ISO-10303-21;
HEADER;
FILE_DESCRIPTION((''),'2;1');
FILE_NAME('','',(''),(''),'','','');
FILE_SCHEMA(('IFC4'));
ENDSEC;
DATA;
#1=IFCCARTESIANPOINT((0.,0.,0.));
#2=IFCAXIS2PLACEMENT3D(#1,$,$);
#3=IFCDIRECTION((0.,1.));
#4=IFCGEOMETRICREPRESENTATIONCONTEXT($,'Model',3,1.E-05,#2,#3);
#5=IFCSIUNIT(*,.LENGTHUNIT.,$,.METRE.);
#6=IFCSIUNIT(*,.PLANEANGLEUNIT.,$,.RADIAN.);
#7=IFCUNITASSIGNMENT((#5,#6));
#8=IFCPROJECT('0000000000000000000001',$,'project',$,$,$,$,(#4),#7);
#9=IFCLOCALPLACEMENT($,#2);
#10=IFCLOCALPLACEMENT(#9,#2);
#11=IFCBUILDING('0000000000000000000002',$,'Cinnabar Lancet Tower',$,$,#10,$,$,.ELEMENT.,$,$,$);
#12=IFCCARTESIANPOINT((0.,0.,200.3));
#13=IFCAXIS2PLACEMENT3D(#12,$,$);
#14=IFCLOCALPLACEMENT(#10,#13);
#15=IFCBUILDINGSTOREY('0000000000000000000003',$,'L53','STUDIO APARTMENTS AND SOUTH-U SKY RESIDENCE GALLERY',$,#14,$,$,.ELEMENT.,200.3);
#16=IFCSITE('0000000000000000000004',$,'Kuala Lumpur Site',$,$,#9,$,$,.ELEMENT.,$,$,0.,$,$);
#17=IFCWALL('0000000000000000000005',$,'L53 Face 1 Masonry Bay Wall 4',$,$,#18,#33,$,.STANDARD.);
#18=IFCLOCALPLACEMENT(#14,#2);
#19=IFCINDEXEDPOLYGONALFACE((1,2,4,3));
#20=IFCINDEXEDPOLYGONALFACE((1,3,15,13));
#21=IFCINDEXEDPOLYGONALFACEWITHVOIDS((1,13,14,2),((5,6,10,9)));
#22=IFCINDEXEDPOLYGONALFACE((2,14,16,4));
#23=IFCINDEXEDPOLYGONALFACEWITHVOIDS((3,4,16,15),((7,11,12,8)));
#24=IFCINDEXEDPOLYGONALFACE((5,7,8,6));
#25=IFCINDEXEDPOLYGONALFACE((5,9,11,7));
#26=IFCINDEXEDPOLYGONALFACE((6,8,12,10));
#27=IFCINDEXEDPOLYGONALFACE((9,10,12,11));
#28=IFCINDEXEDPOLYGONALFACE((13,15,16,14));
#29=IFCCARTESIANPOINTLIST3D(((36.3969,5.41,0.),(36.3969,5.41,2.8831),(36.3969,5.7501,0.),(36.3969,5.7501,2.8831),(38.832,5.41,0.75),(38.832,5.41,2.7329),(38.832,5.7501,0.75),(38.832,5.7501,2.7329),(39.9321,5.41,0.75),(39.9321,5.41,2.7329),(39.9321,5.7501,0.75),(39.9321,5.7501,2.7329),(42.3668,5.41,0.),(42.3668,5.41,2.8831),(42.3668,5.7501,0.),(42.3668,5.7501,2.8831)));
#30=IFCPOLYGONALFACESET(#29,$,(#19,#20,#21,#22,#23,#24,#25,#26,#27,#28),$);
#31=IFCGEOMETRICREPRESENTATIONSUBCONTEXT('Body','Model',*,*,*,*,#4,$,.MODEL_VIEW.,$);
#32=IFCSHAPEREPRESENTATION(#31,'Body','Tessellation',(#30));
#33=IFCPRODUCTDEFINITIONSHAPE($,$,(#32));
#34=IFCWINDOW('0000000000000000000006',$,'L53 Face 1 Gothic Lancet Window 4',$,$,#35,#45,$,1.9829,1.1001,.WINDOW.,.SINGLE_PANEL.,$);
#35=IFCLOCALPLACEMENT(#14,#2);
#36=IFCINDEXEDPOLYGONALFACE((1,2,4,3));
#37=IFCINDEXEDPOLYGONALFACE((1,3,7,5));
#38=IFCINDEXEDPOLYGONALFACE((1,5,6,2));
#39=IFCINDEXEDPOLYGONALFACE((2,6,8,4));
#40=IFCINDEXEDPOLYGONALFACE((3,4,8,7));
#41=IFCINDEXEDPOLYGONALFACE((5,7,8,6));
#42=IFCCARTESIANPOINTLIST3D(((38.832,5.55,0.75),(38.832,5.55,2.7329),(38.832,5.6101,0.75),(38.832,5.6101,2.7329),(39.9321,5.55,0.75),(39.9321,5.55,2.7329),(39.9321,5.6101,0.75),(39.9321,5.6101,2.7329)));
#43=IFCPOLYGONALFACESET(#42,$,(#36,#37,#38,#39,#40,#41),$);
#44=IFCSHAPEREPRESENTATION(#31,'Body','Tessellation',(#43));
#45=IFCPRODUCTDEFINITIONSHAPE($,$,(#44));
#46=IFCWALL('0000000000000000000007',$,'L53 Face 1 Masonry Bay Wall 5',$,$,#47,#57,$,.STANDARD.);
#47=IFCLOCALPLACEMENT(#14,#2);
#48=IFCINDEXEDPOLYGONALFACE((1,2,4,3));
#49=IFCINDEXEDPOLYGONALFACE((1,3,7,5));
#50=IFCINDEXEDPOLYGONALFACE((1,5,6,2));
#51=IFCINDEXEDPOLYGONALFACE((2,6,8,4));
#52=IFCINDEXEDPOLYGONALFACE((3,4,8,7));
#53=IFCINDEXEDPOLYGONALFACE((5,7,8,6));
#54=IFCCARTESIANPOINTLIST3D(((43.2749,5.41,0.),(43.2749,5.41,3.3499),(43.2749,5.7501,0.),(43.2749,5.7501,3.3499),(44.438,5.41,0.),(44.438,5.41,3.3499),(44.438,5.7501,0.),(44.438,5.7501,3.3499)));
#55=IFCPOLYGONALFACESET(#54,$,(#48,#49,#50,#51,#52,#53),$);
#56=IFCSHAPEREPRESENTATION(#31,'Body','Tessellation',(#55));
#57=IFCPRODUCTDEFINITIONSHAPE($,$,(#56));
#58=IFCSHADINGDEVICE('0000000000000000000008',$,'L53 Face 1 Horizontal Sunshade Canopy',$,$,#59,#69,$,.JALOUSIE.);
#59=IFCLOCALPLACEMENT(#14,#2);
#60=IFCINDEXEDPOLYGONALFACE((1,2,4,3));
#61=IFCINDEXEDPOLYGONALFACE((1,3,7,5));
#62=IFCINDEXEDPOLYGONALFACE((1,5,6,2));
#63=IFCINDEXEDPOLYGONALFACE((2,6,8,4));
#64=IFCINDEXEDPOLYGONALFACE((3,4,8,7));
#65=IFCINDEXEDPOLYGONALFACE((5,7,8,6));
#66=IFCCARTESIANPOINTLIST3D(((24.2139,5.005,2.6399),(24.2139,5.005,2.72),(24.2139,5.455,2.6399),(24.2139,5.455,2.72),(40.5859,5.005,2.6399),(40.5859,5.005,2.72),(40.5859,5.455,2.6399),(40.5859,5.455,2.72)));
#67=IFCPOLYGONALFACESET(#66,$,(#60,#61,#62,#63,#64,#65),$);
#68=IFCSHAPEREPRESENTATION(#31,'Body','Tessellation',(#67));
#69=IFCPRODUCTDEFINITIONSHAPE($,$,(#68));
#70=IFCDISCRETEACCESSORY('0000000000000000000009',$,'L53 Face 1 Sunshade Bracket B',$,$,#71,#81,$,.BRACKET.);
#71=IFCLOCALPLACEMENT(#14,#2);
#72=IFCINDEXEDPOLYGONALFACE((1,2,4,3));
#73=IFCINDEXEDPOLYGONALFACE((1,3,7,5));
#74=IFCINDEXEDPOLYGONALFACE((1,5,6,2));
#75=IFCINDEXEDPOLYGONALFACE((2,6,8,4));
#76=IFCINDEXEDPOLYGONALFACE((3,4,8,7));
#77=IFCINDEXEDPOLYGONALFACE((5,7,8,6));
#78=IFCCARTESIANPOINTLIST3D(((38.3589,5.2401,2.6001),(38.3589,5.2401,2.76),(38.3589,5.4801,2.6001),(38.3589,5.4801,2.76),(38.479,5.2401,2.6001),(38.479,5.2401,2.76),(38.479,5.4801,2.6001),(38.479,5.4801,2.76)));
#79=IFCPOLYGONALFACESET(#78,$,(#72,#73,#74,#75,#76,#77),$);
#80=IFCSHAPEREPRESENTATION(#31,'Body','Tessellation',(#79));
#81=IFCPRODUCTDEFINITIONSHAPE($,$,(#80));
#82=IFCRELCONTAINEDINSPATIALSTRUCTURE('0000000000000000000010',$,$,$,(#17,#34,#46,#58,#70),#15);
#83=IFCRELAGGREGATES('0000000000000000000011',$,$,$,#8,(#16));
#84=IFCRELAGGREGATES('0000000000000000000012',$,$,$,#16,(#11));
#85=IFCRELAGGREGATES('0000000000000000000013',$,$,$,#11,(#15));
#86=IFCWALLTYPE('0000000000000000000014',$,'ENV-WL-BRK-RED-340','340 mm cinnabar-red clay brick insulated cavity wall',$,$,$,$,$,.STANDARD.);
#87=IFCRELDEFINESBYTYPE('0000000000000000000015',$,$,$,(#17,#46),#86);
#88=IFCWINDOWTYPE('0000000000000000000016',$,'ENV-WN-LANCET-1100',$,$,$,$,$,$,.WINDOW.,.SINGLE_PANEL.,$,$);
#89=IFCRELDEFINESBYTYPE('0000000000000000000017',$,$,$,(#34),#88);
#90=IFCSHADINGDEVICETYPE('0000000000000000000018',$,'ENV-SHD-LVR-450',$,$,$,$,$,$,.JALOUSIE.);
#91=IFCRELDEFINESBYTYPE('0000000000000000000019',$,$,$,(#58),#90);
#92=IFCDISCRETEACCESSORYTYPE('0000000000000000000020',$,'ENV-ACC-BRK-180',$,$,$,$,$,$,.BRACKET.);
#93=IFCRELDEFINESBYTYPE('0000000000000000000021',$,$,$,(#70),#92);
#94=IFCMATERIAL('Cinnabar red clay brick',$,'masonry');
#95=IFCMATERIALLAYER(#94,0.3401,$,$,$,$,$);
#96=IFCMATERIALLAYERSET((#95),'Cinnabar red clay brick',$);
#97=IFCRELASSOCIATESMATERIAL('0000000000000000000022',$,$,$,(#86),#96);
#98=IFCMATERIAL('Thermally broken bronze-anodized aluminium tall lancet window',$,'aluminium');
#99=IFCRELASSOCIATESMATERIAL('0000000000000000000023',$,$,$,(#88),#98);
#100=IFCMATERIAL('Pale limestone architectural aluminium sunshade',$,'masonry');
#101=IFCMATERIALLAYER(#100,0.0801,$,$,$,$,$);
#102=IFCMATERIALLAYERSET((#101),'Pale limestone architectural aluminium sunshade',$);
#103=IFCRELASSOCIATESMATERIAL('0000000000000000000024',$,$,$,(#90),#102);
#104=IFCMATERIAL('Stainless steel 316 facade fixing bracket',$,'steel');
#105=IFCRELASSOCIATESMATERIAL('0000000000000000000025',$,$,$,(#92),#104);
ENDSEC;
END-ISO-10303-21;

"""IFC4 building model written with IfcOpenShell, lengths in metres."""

from ifc_helpers import new_model, si_unit, direction, frame, frame_2d, origin, origin_2d, place, context, subcontext, project, spatial, rectangle, extrude, material, layer, layer_set, type_object, element, fill, save


model = new_model("IFC4")

# Units and contexts
model_context = context("Model", 3, precision=1e-05, world=origin(), true_north=direction((0.0, 1.0)))
body_context = subcontext(model_context, "Body", "Model", "MODEL_VIEW")
ifc_project = project(units=[si_unit("LENGTHUNIT", "METRE"), si_unit("PLANEANGLEUNIT", "RADIAN")], contexts=[model_context])

# Site, building, storey
site_placement = place(None, origin())
site = spatial("IfcSite", under=ifc_project, at=site_placement, Name="Kuala Lumpur Site", CompositionType="ELEMENT", RefElevation=0.0)
building_placement = place(site_placement, origin())
building = spatial("IfcBuilding", under=site, at=building_placement, Name="Cinnabar Lancet Tower", CompositionType="ELEMENT")
storey_placement = place(building_placement, frame((0.0, 0.0, 200.3)))
storey = spatial("IfcBuildingStorey", under=building, at=storey_placement, Name="L53", Description="STUDIO APARTMENTS AND SOUTH-U SKY RESIDENCE GALLERY", CompositionType="ELEMENT", Elevation=200.3)

# Wall, opening, window
ifc_material_1 = material(Name="Cinnabar red clay brick", Category="masonry")
ifc_layer_1 = layer(ifc_material_1, 0.3401)
ifc_layer_set_1 = layer_set([ifc_layer_1], Name="Cinnabar red clay brick")
wall_type_1 = type_object("IfcWallType", Name="ENV-WL-BRK-RED-340", Description="340 mm cinnabar-red clay brick insulated cavity wall", PredefinedType="STANDARD", material=ifc_layer_set_1)
wall_1_placement = place(storey_placement, frame((36.397, 5.5801, 0.0), z_axis=(0.0, 0.0, 1.0), x_axis=(1.0, 0.0, 0.0)))
wall_1 = element("IfcWall", 1, at=wall_1_placement, inside=storey, type_object=wall_type_1, Name="L53 Face 1 Masonry Bay Wall 4", PredefinedType="STANDARD", context=body_context, shape_type="SweptSolid", body=[
    extrude(rectangle(XDim=5.97, YDim=0.3401, at=frame_2d((2.9849, 0.0))), origin(), (0.0, 0.0, 1.0), 2.8831),
])
opening_1_placement = place(wall_1_placement, frame((2.4351, 0.0, 0.75)))
opening_1 = element("IfcOpeningElement", 2, at=opening_1_placement, cuts=wall_1, PredefinedType="OPENING", context=body_context, shape_type="SweptSolid", body=[
    extrude(rectangle(XDim=1.1001, YDim=1.9829, at=frame_2d((0.55, 0.9915))), frame((0.0, 0.1799, 0.0), z_axis=(0.0, -1.0, 0.0), x_axis=(1.0, 0.0, 0.0)), (0.0, 0.0, 1.0), 0.3601),
])
ifc_material_2 = material(Name="Thermally broken bronze-anodized aluminium tall lancet window", Category="aluminium")
window_type = type_object("IfcWindowType", Name="ENV-WN-LANCET-1100", PartitioningType="SINGLE_PANEL", PredefinedType="WINDOW", material=ifc_material_2)
window_placement = place(opening_1_placement, origin())
window = element("IfcWindow", 3, at=window_placement, inside=storey, type_object=window_type, Name="L53 Face 1 Gothic Lancet Window 4", OverallHeight=1.9829, OverallWidth=1.1001, PartitioningType="SINGLE_PANEL", PredefinedType="WINDOW", context=body_context, shape_type="SweptSolid", body=[
    extrude(rectangle(XDim=1.1001, YDim=1.9829, at=frame_2d((0.55, 0.9915))), frame((0.0, 0.03, 0.0), z_axis=(0.0, -1.0, 0.0), x_axis=(1.0, 0.0, 0.0)), (0.0, 0.0, 1.0), 0.0601),
])
fill(opening_1, window)

# Wall
wall_2_placement = place(storey_placement, frame((43.2749, 5.5801, 0.0), z_axis=(0.0, 0.0, 1.0), x_axis=(1.0, 0.0, 0.0)))
element("IfcWall", 4, at=wall_2_placement, inside=storey, type_object=wall_type_1, Name="L53 Face 1 Masonry Bay Wall 5", PredefinedType="STANDARD", context=body_context, shape_type="SweptSolid", body=[
    extrude(rectangle(XDim=1.1631, YDim=0.3401, at=frame_2d((0.5815, 0.0))), origin(), (0.0, 0.0, 1.0), 3.3499),
])

# Shading device
ifc_material_3 = material(Name="Pale limestone architectural aluminium sunshade", Category="masonry")
ifc_layer_2 = layer(ifc_material_3, 0.0801)
ifc_layer_set_2 = layer_set([ifc_layer_2], Name="Pale limestone architectural aluminium sunshade")
shading_device_type = type_object("IfcShadingDeviceType", Name="ENV-SHD-LVR-450", PredefinedType="JALOUSIE", material=ifc_layer_set_2)
shading_device_placement = place(storey_placement, frame((32.3999, 5.23, 2.6399), z_axis=(0.0, 0.0, 1.0), x_axis=(1.0, 0.0, 0.0)))
element("IfcShadingDevice", 5, at=shading_device_placement, inside=storey, type_object=shading_device_type, Name="L53 Face 1 Horizontal Sunshade Canopy", PredefinedType="JALOUSIE", context=body_context, shape_type="SweptSolid", body=[
    extrude(rectangle(XDim=16.3721, YDim=0.45, at=origin_2d()), origin(), (0.0, 0.0, 1.0), 0.0801),
])

# Discrete accessory
ifc_material_4 = material(Name="Stainless steel 316 facade fixing bracket", Category="steel")
discrete_accessory_type = type_object("IfcDiscreteAccessoryType", Name="ENV-ACC-BRK-180", PredefinedType="BRACKET", material=ifc_material_4)
discrete_accessory_placement = place(storey_placement, frame((38.4189, 5.3601, 2.6001), z_axis=(0.0, 0.0, 1.0), x_axis=(1.0, 0.0, 0.0)))
element("IfcDiscreteAccessory", 6, at=discrete_accessory_placement, inside=storey, type_object=discrete_accessory_type, Name="L53 Face 1 Sunshade Bracket B", PredefinedType="BRACKET", context=body_context, shape_type="SweptSolid", body=[
    extrude(rectangle(XDim=0.1201, YDim=0.24, at=origin_2d()), origin(), (0.0, 0.0, 1.0), 0.1599),
])

save(model, "model.ifc")
